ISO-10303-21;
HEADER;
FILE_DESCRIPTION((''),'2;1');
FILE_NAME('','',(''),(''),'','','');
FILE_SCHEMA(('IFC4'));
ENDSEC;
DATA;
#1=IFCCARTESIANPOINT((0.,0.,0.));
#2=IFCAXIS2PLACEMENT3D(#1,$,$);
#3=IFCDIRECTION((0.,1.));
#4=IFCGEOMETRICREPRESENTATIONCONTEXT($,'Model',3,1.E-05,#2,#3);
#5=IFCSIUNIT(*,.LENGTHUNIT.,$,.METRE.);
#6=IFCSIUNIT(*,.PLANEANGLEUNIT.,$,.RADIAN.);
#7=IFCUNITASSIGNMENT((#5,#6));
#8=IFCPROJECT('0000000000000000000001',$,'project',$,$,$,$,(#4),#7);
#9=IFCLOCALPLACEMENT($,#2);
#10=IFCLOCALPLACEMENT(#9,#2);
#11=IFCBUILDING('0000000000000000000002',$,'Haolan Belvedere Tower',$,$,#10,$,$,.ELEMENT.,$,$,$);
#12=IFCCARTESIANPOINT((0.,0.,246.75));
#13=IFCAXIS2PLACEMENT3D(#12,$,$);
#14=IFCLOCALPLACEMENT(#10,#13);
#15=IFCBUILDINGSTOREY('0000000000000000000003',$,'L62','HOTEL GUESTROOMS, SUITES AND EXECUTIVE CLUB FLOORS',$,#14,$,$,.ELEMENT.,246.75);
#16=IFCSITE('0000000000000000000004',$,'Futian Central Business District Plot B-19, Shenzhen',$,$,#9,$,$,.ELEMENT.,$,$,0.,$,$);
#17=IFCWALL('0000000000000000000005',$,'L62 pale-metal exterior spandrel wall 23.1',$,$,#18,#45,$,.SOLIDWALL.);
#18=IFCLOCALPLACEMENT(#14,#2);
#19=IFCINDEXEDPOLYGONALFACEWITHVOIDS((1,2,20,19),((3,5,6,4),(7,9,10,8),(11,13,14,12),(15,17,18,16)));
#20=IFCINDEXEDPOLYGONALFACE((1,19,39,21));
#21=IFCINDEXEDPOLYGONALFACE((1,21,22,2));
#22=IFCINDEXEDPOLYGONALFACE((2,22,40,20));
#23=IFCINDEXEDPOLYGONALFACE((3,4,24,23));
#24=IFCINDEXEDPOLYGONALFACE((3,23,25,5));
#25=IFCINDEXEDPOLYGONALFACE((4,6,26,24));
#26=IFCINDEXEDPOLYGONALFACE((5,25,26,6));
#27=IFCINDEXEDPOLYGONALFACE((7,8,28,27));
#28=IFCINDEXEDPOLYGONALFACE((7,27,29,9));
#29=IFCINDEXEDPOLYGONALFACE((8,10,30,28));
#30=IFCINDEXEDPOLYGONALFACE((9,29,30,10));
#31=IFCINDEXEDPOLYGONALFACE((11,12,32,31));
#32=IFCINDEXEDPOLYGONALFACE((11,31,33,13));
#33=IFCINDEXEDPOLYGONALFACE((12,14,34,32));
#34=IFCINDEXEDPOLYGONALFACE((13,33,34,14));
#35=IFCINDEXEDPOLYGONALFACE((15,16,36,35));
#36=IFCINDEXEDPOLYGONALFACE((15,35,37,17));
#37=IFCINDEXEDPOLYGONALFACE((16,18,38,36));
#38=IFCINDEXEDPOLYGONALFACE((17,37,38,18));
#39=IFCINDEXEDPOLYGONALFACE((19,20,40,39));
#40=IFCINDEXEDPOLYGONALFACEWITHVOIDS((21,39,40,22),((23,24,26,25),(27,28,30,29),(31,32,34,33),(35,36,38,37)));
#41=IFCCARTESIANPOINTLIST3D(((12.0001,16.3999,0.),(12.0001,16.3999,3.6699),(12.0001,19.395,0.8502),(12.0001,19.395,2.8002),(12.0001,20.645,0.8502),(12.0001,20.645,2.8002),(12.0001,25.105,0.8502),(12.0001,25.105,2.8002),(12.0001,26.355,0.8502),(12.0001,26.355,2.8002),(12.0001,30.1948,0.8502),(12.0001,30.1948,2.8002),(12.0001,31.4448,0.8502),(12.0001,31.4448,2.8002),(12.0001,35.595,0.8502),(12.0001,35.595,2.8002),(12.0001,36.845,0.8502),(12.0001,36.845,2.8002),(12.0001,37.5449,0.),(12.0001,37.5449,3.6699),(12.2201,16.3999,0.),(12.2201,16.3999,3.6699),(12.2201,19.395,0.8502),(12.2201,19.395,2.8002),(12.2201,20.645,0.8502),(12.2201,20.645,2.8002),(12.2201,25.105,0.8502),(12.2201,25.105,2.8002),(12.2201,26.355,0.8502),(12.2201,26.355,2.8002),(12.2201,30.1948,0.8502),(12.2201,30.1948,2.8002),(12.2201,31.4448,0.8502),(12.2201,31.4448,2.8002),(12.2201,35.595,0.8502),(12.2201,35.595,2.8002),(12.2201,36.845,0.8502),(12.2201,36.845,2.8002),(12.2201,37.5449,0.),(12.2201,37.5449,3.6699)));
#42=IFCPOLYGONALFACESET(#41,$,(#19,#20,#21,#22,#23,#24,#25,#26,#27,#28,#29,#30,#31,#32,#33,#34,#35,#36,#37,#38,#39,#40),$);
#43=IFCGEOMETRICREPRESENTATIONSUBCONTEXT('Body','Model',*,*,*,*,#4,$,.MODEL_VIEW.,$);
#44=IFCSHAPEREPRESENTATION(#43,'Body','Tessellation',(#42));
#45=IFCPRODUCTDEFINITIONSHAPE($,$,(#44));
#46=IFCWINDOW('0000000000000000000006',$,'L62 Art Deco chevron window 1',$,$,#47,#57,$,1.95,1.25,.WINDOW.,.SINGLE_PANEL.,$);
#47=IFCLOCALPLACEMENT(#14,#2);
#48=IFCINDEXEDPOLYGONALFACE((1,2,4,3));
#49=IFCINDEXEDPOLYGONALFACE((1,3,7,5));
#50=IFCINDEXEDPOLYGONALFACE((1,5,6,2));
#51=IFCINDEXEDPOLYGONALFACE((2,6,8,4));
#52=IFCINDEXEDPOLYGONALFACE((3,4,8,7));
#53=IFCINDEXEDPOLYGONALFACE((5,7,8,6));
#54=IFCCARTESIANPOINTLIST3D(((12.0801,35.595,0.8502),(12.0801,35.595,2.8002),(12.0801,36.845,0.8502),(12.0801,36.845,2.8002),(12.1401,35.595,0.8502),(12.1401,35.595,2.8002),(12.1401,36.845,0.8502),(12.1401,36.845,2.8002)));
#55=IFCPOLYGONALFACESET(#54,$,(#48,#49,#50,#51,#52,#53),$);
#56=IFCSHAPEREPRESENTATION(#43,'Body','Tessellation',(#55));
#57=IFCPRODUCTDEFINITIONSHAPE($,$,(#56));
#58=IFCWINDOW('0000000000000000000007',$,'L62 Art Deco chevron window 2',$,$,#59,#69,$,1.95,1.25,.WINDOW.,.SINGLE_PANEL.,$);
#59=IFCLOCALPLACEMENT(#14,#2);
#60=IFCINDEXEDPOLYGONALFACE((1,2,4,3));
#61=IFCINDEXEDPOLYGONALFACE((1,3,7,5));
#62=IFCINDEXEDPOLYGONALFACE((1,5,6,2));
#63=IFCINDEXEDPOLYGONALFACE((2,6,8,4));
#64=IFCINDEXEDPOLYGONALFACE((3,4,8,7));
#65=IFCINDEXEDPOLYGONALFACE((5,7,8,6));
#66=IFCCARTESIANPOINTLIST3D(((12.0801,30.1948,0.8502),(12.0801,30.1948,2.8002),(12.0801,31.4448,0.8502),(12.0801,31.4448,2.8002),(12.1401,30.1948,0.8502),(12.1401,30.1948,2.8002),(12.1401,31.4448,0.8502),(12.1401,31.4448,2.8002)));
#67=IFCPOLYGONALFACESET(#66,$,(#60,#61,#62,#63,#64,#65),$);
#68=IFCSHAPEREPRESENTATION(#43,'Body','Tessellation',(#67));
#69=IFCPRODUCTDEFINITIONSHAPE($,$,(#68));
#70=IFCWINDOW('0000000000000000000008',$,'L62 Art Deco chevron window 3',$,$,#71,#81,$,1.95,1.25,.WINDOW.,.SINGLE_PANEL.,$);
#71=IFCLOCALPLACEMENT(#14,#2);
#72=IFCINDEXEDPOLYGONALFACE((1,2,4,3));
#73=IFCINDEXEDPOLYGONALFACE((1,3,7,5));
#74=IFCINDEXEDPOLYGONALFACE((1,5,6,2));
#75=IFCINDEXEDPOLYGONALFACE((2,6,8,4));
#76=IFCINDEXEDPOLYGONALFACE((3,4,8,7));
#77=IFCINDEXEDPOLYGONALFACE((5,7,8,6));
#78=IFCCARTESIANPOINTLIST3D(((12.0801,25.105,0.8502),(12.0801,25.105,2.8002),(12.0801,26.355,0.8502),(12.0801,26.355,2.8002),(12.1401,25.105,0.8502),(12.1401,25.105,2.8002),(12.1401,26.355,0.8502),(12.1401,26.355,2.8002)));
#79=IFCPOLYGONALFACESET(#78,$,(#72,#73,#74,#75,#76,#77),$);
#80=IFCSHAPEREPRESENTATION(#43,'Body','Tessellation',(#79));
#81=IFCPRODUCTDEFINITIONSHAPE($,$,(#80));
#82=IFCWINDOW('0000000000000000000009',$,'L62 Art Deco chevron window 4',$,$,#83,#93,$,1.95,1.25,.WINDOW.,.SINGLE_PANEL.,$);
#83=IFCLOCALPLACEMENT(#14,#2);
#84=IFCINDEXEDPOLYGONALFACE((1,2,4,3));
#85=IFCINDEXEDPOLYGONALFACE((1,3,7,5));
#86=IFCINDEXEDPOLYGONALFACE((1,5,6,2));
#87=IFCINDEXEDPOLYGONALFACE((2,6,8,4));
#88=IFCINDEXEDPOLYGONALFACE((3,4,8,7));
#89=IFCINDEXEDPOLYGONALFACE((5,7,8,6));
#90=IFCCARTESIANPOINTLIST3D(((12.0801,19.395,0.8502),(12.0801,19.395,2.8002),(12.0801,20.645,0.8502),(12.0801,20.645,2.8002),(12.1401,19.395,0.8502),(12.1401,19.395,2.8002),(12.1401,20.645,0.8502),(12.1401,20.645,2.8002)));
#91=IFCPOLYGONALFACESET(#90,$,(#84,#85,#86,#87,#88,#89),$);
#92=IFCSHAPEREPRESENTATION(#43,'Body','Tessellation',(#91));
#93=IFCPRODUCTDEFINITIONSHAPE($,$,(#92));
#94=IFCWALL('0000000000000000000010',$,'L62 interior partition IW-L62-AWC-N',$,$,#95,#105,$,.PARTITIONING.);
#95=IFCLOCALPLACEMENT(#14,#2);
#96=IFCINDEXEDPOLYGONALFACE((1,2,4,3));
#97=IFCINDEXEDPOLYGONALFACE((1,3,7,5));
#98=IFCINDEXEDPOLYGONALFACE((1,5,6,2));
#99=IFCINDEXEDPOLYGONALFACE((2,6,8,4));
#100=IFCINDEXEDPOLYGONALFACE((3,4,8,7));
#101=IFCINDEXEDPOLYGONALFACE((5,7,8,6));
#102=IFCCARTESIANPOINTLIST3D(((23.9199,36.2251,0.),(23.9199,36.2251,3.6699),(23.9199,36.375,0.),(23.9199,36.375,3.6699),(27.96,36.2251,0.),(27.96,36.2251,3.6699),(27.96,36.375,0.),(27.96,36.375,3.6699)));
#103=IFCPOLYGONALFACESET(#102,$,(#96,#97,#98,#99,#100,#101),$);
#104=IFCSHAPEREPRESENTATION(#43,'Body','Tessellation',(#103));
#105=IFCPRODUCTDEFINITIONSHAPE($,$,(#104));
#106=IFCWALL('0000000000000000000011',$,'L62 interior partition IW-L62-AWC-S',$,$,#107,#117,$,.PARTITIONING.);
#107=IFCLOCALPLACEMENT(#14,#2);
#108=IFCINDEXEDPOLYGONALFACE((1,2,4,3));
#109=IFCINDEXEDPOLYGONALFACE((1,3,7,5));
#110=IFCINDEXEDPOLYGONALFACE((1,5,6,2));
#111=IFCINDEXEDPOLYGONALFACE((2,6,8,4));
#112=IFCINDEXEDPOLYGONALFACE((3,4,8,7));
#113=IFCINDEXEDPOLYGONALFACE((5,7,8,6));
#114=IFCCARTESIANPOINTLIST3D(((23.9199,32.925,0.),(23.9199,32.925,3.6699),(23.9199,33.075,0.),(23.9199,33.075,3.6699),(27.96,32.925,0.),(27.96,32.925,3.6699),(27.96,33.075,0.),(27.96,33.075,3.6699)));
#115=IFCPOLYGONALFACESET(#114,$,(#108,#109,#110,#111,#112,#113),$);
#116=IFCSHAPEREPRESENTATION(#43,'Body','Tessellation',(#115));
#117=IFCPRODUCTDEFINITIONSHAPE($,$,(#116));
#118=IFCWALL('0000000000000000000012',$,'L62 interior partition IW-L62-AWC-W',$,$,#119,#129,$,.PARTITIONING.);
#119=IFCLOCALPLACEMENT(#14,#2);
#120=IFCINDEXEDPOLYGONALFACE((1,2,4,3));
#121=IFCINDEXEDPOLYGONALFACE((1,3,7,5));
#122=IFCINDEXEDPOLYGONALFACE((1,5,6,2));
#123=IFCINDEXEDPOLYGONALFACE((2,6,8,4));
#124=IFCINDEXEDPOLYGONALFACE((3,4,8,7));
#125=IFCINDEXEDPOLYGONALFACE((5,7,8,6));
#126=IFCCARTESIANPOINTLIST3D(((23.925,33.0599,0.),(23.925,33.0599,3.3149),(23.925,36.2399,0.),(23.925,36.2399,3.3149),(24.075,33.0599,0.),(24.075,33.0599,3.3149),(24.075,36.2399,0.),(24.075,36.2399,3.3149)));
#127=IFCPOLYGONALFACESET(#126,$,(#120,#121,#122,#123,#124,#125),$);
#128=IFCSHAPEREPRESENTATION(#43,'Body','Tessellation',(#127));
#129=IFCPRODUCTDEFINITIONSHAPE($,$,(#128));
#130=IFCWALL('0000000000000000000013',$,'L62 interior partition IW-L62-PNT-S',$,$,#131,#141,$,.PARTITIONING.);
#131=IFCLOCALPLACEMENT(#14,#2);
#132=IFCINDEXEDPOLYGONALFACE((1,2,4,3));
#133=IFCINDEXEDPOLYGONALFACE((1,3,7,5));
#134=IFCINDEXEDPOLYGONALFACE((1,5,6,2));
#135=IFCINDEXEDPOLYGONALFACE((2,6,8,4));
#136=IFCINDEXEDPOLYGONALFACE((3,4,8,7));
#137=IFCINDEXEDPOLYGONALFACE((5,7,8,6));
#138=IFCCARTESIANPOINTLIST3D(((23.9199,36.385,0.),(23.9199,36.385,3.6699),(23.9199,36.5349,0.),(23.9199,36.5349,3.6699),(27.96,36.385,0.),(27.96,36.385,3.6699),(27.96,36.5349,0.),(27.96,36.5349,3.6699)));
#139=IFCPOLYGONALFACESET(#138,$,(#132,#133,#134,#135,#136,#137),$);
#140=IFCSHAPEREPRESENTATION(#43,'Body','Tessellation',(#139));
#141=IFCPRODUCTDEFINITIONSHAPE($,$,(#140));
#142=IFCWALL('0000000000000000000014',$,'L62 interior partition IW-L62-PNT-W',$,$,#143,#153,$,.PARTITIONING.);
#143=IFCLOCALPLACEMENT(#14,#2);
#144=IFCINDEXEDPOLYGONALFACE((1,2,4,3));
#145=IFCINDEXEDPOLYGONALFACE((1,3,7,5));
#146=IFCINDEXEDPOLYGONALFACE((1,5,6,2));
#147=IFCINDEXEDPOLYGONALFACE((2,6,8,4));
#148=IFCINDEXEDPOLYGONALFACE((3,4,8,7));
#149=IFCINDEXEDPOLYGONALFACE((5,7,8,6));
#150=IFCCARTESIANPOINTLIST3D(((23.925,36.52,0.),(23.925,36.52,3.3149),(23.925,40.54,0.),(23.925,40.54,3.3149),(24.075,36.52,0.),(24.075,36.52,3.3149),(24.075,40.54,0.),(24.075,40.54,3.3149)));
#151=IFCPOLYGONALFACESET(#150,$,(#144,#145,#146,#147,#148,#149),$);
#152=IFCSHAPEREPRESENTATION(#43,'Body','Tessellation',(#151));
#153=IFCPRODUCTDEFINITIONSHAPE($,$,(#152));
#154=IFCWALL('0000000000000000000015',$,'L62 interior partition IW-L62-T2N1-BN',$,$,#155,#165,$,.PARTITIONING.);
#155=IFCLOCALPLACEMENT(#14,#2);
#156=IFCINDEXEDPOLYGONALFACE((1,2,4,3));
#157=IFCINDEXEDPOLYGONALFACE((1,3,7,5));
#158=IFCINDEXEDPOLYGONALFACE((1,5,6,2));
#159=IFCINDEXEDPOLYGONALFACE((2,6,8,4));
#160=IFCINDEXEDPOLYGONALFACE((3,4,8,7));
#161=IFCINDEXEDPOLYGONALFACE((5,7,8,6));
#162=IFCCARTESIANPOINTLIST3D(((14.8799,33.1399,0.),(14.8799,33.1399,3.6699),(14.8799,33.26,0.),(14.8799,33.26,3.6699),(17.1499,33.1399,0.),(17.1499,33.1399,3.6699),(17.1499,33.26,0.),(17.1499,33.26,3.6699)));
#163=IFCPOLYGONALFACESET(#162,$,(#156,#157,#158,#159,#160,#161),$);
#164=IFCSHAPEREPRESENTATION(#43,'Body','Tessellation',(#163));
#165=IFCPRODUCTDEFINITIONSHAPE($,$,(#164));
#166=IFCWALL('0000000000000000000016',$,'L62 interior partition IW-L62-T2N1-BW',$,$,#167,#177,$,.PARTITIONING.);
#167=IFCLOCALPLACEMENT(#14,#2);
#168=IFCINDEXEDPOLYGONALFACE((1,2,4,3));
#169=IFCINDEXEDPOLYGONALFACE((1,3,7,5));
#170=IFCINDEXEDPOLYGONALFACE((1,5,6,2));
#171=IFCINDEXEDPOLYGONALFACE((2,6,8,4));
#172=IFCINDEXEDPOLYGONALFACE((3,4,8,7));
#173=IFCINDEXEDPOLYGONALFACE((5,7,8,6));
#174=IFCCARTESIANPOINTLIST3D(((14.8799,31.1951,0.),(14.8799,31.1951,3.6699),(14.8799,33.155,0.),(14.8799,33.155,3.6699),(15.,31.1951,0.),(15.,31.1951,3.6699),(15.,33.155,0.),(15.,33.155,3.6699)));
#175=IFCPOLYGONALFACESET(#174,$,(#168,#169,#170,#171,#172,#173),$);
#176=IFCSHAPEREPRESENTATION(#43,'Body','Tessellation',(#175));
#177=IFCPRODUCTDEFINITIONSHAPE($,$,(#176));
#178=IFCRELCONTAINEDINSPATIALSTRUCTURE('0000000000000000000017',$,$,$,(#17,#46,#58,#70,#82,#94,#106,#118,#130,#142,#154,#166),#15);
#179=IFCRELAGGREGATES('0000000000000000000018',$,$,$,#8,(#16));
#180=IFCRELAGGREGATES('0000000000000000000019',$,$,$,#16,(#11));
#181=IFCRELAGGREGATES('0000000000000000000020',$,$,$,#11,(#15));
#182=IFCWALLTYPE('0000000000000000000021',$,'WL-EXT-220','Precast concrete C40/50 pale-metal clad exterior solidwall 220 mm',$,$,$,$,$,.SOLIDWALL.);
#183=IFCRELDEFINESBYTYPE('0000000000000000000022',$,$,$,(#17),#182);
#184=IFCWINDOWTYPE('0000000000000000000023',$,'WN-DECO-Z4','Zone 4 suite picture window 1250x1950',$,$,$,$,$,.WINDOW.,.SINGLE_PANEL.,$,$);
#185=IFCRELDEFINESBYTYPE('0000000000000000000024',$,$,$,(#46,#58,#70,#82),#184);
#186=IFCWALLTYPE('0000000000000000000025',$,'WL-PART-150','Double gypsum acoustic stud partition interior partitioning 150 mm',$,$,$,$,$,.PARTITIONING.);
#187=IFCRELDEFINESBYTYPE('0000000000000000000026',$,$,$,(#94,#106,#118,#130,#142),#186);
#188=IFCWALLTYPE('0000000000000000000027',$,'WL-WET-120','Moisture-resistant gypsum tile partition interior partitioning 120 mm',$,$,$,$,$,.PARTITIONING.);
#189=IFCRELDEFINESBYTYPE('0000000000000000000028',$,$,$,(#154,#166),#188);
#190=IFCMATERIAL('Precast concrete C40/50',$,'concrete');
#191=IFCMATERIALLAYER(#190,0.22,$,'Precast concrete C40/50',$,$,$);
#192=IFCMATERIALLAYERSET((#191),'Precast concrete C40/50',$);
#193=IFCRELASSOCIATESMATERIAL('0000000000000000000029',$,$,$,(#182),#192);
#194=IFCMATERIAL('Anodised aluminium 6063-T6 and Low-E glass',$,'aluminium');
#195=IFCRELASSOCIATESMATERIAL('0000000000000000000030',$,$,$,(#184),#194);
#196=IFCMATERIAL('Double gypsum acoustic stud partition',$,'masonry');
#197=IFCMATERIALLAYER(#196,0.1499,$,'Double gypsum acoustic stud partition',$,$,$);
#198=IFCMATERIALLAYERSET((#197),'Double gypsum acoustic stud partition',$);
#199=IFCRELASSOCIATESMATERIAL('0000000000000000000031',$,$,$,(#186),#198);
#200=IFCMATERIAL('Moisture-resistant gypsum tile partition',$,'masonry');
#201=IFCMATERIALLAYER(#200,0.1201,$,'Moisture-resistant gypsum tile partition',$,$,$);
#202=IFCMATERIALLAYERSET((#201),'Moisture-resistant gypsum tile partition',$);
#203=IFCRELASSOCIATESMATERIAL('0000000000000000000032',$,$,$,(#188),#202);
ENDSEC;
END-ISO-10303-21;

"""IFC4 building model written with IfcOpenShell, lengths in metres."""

from ifc_helpers import new_model, si_unit, direction, frame, frame_2d, origin, place, context, subcontext, project, spatial, rectangle, extrude, material, layer, layer_set, type_object, element, fill, save


model = new_model("IFC4")

# Units and contexts
model_context = context("Model", 3, precision=1e-05, world=origin(), true_north=direction((0.0, 1.0)))
body_context = subcontext(model_context, "Body", "Model", "MODEL_VIEW")
ifc_project = project(units=[si_unit("LENGTHUNIT", "METRE"), si_unit("PLANEANGLEUNIT", "RADIAN")], contexts=[model_context])

# Site, building, storey
site_placement = place(None, origin())
site = spatial("IfcSite", under=ifc_project, at=site_placement, Name="Futian Central Business District Plot B-19, Shenzhen", CompositionType="ELEMENT", RefElevation=0.0)
building_placement = place(site_placement, origin())
building = spatial("IfcBuilding", under=site, at=building_placement, Name="Haolan Belvedere Tower", CompositionType="ELEMENT")
storey_placement = place(building_placement, frame((0.0, 0.0, 246.75)))
storey = spatial("IfcBuildingStorey", under=building, at=storey_placement, Name="L62", Description="HOTEL GUESTROOMS, SUITES AND EXECUTIVE CLUB FLOORS", CompositionType="ELEMENT", Elevation=246.75)

# Shared definitions
ifc_material_1 = material(Name="Precast concrete C40/50", Category="concrete")
ifc_layer_1 = layer(ifc_material_1, 0.22, Name="Precast concrete C40/50")
ifc_layer_set_1 = layer_set([ifc_layer_1], Name="Precast concrete C40/50")
wall_type_1 = type_object("IfcWallType", Name="WL-EXT-220", Description="Precast concrete C40/50 pale-metal clad exterior solidwall 220 mm", PredefinedType="SOLIDWALL", material=ifc_layer_set_1)

# Wall, openings, windows
wall_1_placement = place(storey_placement, frame((12.1101, 37.5449, 0.0), z_axis=(0.0, 0.0, 1.0), x_axis=(0.0, -1.0, 0.0)))
wall_1 = element("IfcWall", 1, at=wall_1_placement, inside=storey, type_object=wall_type_1, Name="L62 pale-metal exterior spandrel wall 23.1", PredefinedType="SOLIDWALL", context=body_context, shape_type="SweptSolid", body=[
    extrude(rectangle(XDim=21.145, YDim=0.22, at=frame_2d((10.5725, 0.0))), origin(), (0.0, 0.0, 1.0), 3.6699),
])
opening_1_placement = place(wall_1_placement, frame((0.7, 0.0, 0.8501)))
opening_1 = element("IfcOpeningElement", 2, at=opening_1_placement, cuts=wall_1, PredefinedType="OPENING", context=body_context, shape_type="SweptSolid", body=[
    extrude(rectangle(XDim=1.25, YDim=1.95, at=frame_2d((0.625, 0.9751))), frame((0.0, 0.1199, 0.0), z_axis=(0.0, -1.0, 0.0), x_axis=(1.0, 0.0, 0.0)), (0.0, 0.0, 1.0), 0.24),
])
opening_2_placement = place(wall_1_placement, frame((6.1001, 0.0, 0.8501)))
opening_2 = element("IfcOpeningElement", 3, at=opening_2_placement, cuts=wall_1, PredefinedType="OPENING", context=body_context, shape_type="SweptSolid", body=[
    extrude(rectangle(XDim=1.25, YDim=1.95, at=frame_2d((0.625, 0.9751))), frame((0.0, 0.1199, 0.0), z_axis=(0.0, -1.0, 0.0), x_axis=(1.0, 0.0, 0.0)), (0.0, 0.0, 1.0), 0.24),
])
opening_3_placement = place(wall_1_placement, frame((11.1899, 0.0, 0.8501)))
opening_3 = element("IfcOpeningElement", 4, at=opening_3_placement, cuts=wall_1, PredefinedType="OPENING", context=body_context, shape_type="SweptSolid", body=[
    extrude(rectangle(XDim=1.25, YDim=1.95, at=frame_2d((0.625, 0.9751))), frame((0.0, 0.1199, 0.0), z_axis=(0.0, -1.0, 0.0), x_axis=(1.0, 0.0, 0.0)), (0.0, 0.0, 1.0), 0.24),
])
opening_4_placement = place(wall_1_placement, frame((16.8999, 0.0, 0.8501)))
opening_4 = element("IfcOpeningElement", 5, at=opening_4_placement, cuts=wall_1, PredefinedType="OPENING", context=body_context, shape_type="SweptSolid", body=[
    extrude(rectangle(XDim=1.25, YDim=1.95, at=frame_2d((0.625, 0.9751))), frame((0.0, 0.1199, 0.0), z_axis=(0.0, -1.0, 0.0), x_axis=(1.0, 0.0, 0.0)), (0.0, 0.0, 1.0), 0.24),
])
ifc_material_2 = material(Name="Anodised aluminium 6063-T6 and Low-E glass", Category="aluminium")
window_type = type_object("IfcWindowType", Name="WN-DECO-Z4", Description="Zone 4 suite picture window 1250x1950", PartitioningType="SINGLE_PANEL", PredefinedType="WINDOW", material=ifc_material_2)
window_1_placement = place(opening_1_placement, origin())
window_1 = element("IfcWindow", 6, at=window_1_placement, inside=storey, type_object=window_type, Name="L62 Art Deco chevron window 1", OverallHeight=1.95, OverallWidth=1.25, PartitioningType="SINGLE_PANEL", PredefinedType="WINDOW", context=body_context, shape_type="SweptSolid", body=[
    extrude(rectangle(XDim=1.25, YDim=1.95, at=frame_2d((0.625, 0.9751))), frame((0.0, 0.03, 0.0), z_axis=(0.0, -1.0, 0.0), x_axis=(1.0, 0.0, 0.0)), (0.0, 0.0, 1.0), 0.0601),
])
fill(opening_1, window_1)
window_2_placement = place(opening_2_placement, origin())
window_2 = element("IfcWindow", 7, at=window_2_placement, inside=storey, type_object=window_type, Name="L62 Art Deco chevron window 2", OverallHeight=1.95, OverallWidth=1.25, PartitioningType="SINGLE_PANEL", PredefinedType="WINDOW", context=body_context, shape_type="SweptSolid", body=[
    extrude(rectangle(XDim=1.25, YDim=1.95, at=frame_2d((0.625, 0.9751))), frame((0.0, 0.03, 0.0), z_axis=(0.0, -1.0, 0.0), x_axis=(1.0, 0.0, 0.0)), (0.0, 0.0, 1.0), 0.0601),
])
fill(opening_2, window_2)
window_3_placement = place(opening_3_placement, origin())
window_3 = element("IfcWindow", 8, at=window_3_placement, inside=storey, type_object=window_type, Name="L62 Art Deco chevron window 3", OverallHeight=1.95, OverallWidth=1.25, PartitioningType="SINGLE_PANEL", PredefinedType="WINDOW", context=body_context, shape_type="SweptSolid", body=[
    extrude(rectangle(XDim=1.25, YDim=1.95, at=frame_2d((0.625, 0.9751))), frame((0.0, 0.03, 0.0), z_axis=(0.0, -1.0, 0.0), x_axis=(1.0, 0.0, 0.0)), (0.0, 0.0, 1.0), 0.0601),
])
fill(opening_3, window_3)
window_4_placement = place(opening_4_placement, origin())
window_4 = element("IfcWindow", 9, at=window_4_placement, inside=storey, type_object=window_type, Name="L62 Art Deco chevron window 4", OverallHeight=1.95, OverallWidth=1.25, PartitioningType="SINGLE_PANEL", PredefinedType="WINDOW", context=body_context, shape_type="SweptSolid", body=[
    extrude(rectangle(XDim=1.25, YDim=1.95, at=frame_2d((0.625, 0.9751))), frame((0.0, 0.03, 0.0), z_axis=(0.0, -1.0, 0.0), x_axis=(1.0, 0.0, 0.0)), (0.0, 0.0, 1.0), 0.0601),
])
fill(opening_4, window_4)

# Walls
ifc_material_3 = material(Name="Double gypsum acoustic stud partition", Category="masonry")
ifc_layer_2 = layer(ifc_material_3, 0.1499, Name="Double gypsum acoustic stud partition")
ifc_layer_set_2 = layer_set([ifc_layer_2], Name="Double gypsum acoustic stud partition")
wall_type_2 = type_object("IfcWallType", Name="WL-PART-150", Description="Double gypsum acoustic stud partition interior partitioning 150 mm", PredefinedType="PARTITIONING", material=ifc_layer_set_2)
for number, where, z_axis, x_axis, name in (
    (10, (23.9199, 36.3, 0.0), (0.0, 0.0, 1.0), (1.0, 0.0, 0.0), "L62 interior partition IW-L62-AWC-N"),
    (11, (23.9199, 33.0, 0.0), (0.0, 0.0, 1.0), (1.0, 0.0, 0.0), "L62 interior partition IW-L62-AWC-S"),
):
    element("IfcWall", number, at=place(storey_placement, frame(where, z_axis=z_axis, x_axis=x_axis)), inside=storey, type_object=wall_type_2, Name=name, PredefinedType="PARTITIONING", context=body_context, shape_type="SweptSolid", body=[
        extrude(rectangle(XDim=4.04, YDim=0.1499, at=frame_2d((2.02, 0.0))), origin(), (0.0, 0.0, 1.0), 3.6699),
    ])
wall_2_placement = place(storey_placement, frame((24.0, 33.0601, 0.0), z_axis=(0.0, 0.0, 1.0), x_axis=(0.0, 1.0, 0.0)))
element("IfcWall", 12, at=wall_2_placement, inside=storey, type_object=wall_type_2, Name="L62 interior partition IW-L62-AWC-W", PredefinedType="PARTITIONING", context=body_context, shape_type="SweptSolid", body=[
    extrude(rectangle(XDim=3.1799, YDim=0.1499, at=frame_2d((1.5898, 0.0))), origin(), (0.0, 0.0, 1.0), 3.3149),
])
wall_3_placement = place(storey_placement, frame((23.9199, 36.46, 0.0), z_axis=(0.0, 0.0, 1.0), x_axis=(1.0, 0.0, 0.0)))
element("IfcWall", 13, at=wall_3_placement, inside=storey, type_object=wall_type_2, Name="L62 interior partition IW-L62-PNT-S", PredefinedType="PARTITIONING", context=body_context, shape_type="SweptSolid", body=[
    extrude(rectangle(XDim=4.04, YDim=0.1499, at=frame_2d((2.02, 0.0))), origin(), (0.0, 0.0, 1.0), 3.6699),
])
wall_4_placement = place(storey_placement, frame((24.0, 36.52, 0.0), z_axis=(0.0, 0.0, 1.0), x_axis=(0.0, 1.0, 0.0)))
element("IfcWall", 14, at=wall_4_placement, inside=storey, type_object=wall_type_2, Name="L62 interior partition IW-L62-PNT-W", PredefinedType="PARTITIONING", context=body_context, shape_type="SweptSolid", body=[
    extrude(rectangle(XDim=4.02, YDim=0.1499, at=frame_2d((2.01, 0.0))), origin(), (0.0, 0.0, 1.0), 3.3149),
])
ifc_material_4 = material(Name="Moisture-resistant gypsum tile partition", Category="masonry")
ifc_layer_3 = layer(ifc_material_4, 0.1201, Name="Moisture-resistant gypsum tile partition")
ifc_layer_set_3 = layer_set([ifc_layer_3], Name="Moisture-resistant gypsum tile partition")
wall_type_3 = type_object("IfcWallType", Name="WL-WET-120", Description="Moisture-resistant gypsum tile partition interior partitioning 120 mm", PredefinedType="PARTITIONING", material=ifc_layer_set_3)
wall_5_placement = place(storey_placement, frame((14.8799, 33.2, 0.0), z_axis=(0.0, 0.0, 1.0), x_axis=(1.0, 0.0, 0.0)))
element("IfcWall", 15, at=wall_5_placement, inside=storey, type_object=wall_type_3, Name="L62 interior partition IW-L62-T2N1-BN", PredefinedType="PARTITIONING", context=body_context, shape_type="SweptSolid", body=[
    extrude(rectangle(XDim=2.27, YDim=0.1201, at=frame_2d((1.135, 0.0))), origin(), (0.0, 0.0, 1.0), 3.6699),
])
for number, where, z_axis, x_axis, name in (
    (16, (14.9399, 31.1951, 0.0), (0.0, 0.0, 1.0), (0.0, 1.0, 0.0), "L62 interior partition IW-L62-T2N1-BW"),
):
    element("IfcWall", number, at=place(storey_placement, frame(where, z_axis=z_axis, x_axis=x_axis)), inside=storey, type_object=wall_type_3, Name=name, PredefinedType="PARTITIONING", context=body_context, shape_type="SweptSolid", body=[
        extrude(rectangle(XDim=1.96, YDim=0.1201, at=frame_2d((0.98, 0.0))), origin(), (0.0, 0.0, 1.0), 3.6699),
    ])

save(model, "model.ifc")
